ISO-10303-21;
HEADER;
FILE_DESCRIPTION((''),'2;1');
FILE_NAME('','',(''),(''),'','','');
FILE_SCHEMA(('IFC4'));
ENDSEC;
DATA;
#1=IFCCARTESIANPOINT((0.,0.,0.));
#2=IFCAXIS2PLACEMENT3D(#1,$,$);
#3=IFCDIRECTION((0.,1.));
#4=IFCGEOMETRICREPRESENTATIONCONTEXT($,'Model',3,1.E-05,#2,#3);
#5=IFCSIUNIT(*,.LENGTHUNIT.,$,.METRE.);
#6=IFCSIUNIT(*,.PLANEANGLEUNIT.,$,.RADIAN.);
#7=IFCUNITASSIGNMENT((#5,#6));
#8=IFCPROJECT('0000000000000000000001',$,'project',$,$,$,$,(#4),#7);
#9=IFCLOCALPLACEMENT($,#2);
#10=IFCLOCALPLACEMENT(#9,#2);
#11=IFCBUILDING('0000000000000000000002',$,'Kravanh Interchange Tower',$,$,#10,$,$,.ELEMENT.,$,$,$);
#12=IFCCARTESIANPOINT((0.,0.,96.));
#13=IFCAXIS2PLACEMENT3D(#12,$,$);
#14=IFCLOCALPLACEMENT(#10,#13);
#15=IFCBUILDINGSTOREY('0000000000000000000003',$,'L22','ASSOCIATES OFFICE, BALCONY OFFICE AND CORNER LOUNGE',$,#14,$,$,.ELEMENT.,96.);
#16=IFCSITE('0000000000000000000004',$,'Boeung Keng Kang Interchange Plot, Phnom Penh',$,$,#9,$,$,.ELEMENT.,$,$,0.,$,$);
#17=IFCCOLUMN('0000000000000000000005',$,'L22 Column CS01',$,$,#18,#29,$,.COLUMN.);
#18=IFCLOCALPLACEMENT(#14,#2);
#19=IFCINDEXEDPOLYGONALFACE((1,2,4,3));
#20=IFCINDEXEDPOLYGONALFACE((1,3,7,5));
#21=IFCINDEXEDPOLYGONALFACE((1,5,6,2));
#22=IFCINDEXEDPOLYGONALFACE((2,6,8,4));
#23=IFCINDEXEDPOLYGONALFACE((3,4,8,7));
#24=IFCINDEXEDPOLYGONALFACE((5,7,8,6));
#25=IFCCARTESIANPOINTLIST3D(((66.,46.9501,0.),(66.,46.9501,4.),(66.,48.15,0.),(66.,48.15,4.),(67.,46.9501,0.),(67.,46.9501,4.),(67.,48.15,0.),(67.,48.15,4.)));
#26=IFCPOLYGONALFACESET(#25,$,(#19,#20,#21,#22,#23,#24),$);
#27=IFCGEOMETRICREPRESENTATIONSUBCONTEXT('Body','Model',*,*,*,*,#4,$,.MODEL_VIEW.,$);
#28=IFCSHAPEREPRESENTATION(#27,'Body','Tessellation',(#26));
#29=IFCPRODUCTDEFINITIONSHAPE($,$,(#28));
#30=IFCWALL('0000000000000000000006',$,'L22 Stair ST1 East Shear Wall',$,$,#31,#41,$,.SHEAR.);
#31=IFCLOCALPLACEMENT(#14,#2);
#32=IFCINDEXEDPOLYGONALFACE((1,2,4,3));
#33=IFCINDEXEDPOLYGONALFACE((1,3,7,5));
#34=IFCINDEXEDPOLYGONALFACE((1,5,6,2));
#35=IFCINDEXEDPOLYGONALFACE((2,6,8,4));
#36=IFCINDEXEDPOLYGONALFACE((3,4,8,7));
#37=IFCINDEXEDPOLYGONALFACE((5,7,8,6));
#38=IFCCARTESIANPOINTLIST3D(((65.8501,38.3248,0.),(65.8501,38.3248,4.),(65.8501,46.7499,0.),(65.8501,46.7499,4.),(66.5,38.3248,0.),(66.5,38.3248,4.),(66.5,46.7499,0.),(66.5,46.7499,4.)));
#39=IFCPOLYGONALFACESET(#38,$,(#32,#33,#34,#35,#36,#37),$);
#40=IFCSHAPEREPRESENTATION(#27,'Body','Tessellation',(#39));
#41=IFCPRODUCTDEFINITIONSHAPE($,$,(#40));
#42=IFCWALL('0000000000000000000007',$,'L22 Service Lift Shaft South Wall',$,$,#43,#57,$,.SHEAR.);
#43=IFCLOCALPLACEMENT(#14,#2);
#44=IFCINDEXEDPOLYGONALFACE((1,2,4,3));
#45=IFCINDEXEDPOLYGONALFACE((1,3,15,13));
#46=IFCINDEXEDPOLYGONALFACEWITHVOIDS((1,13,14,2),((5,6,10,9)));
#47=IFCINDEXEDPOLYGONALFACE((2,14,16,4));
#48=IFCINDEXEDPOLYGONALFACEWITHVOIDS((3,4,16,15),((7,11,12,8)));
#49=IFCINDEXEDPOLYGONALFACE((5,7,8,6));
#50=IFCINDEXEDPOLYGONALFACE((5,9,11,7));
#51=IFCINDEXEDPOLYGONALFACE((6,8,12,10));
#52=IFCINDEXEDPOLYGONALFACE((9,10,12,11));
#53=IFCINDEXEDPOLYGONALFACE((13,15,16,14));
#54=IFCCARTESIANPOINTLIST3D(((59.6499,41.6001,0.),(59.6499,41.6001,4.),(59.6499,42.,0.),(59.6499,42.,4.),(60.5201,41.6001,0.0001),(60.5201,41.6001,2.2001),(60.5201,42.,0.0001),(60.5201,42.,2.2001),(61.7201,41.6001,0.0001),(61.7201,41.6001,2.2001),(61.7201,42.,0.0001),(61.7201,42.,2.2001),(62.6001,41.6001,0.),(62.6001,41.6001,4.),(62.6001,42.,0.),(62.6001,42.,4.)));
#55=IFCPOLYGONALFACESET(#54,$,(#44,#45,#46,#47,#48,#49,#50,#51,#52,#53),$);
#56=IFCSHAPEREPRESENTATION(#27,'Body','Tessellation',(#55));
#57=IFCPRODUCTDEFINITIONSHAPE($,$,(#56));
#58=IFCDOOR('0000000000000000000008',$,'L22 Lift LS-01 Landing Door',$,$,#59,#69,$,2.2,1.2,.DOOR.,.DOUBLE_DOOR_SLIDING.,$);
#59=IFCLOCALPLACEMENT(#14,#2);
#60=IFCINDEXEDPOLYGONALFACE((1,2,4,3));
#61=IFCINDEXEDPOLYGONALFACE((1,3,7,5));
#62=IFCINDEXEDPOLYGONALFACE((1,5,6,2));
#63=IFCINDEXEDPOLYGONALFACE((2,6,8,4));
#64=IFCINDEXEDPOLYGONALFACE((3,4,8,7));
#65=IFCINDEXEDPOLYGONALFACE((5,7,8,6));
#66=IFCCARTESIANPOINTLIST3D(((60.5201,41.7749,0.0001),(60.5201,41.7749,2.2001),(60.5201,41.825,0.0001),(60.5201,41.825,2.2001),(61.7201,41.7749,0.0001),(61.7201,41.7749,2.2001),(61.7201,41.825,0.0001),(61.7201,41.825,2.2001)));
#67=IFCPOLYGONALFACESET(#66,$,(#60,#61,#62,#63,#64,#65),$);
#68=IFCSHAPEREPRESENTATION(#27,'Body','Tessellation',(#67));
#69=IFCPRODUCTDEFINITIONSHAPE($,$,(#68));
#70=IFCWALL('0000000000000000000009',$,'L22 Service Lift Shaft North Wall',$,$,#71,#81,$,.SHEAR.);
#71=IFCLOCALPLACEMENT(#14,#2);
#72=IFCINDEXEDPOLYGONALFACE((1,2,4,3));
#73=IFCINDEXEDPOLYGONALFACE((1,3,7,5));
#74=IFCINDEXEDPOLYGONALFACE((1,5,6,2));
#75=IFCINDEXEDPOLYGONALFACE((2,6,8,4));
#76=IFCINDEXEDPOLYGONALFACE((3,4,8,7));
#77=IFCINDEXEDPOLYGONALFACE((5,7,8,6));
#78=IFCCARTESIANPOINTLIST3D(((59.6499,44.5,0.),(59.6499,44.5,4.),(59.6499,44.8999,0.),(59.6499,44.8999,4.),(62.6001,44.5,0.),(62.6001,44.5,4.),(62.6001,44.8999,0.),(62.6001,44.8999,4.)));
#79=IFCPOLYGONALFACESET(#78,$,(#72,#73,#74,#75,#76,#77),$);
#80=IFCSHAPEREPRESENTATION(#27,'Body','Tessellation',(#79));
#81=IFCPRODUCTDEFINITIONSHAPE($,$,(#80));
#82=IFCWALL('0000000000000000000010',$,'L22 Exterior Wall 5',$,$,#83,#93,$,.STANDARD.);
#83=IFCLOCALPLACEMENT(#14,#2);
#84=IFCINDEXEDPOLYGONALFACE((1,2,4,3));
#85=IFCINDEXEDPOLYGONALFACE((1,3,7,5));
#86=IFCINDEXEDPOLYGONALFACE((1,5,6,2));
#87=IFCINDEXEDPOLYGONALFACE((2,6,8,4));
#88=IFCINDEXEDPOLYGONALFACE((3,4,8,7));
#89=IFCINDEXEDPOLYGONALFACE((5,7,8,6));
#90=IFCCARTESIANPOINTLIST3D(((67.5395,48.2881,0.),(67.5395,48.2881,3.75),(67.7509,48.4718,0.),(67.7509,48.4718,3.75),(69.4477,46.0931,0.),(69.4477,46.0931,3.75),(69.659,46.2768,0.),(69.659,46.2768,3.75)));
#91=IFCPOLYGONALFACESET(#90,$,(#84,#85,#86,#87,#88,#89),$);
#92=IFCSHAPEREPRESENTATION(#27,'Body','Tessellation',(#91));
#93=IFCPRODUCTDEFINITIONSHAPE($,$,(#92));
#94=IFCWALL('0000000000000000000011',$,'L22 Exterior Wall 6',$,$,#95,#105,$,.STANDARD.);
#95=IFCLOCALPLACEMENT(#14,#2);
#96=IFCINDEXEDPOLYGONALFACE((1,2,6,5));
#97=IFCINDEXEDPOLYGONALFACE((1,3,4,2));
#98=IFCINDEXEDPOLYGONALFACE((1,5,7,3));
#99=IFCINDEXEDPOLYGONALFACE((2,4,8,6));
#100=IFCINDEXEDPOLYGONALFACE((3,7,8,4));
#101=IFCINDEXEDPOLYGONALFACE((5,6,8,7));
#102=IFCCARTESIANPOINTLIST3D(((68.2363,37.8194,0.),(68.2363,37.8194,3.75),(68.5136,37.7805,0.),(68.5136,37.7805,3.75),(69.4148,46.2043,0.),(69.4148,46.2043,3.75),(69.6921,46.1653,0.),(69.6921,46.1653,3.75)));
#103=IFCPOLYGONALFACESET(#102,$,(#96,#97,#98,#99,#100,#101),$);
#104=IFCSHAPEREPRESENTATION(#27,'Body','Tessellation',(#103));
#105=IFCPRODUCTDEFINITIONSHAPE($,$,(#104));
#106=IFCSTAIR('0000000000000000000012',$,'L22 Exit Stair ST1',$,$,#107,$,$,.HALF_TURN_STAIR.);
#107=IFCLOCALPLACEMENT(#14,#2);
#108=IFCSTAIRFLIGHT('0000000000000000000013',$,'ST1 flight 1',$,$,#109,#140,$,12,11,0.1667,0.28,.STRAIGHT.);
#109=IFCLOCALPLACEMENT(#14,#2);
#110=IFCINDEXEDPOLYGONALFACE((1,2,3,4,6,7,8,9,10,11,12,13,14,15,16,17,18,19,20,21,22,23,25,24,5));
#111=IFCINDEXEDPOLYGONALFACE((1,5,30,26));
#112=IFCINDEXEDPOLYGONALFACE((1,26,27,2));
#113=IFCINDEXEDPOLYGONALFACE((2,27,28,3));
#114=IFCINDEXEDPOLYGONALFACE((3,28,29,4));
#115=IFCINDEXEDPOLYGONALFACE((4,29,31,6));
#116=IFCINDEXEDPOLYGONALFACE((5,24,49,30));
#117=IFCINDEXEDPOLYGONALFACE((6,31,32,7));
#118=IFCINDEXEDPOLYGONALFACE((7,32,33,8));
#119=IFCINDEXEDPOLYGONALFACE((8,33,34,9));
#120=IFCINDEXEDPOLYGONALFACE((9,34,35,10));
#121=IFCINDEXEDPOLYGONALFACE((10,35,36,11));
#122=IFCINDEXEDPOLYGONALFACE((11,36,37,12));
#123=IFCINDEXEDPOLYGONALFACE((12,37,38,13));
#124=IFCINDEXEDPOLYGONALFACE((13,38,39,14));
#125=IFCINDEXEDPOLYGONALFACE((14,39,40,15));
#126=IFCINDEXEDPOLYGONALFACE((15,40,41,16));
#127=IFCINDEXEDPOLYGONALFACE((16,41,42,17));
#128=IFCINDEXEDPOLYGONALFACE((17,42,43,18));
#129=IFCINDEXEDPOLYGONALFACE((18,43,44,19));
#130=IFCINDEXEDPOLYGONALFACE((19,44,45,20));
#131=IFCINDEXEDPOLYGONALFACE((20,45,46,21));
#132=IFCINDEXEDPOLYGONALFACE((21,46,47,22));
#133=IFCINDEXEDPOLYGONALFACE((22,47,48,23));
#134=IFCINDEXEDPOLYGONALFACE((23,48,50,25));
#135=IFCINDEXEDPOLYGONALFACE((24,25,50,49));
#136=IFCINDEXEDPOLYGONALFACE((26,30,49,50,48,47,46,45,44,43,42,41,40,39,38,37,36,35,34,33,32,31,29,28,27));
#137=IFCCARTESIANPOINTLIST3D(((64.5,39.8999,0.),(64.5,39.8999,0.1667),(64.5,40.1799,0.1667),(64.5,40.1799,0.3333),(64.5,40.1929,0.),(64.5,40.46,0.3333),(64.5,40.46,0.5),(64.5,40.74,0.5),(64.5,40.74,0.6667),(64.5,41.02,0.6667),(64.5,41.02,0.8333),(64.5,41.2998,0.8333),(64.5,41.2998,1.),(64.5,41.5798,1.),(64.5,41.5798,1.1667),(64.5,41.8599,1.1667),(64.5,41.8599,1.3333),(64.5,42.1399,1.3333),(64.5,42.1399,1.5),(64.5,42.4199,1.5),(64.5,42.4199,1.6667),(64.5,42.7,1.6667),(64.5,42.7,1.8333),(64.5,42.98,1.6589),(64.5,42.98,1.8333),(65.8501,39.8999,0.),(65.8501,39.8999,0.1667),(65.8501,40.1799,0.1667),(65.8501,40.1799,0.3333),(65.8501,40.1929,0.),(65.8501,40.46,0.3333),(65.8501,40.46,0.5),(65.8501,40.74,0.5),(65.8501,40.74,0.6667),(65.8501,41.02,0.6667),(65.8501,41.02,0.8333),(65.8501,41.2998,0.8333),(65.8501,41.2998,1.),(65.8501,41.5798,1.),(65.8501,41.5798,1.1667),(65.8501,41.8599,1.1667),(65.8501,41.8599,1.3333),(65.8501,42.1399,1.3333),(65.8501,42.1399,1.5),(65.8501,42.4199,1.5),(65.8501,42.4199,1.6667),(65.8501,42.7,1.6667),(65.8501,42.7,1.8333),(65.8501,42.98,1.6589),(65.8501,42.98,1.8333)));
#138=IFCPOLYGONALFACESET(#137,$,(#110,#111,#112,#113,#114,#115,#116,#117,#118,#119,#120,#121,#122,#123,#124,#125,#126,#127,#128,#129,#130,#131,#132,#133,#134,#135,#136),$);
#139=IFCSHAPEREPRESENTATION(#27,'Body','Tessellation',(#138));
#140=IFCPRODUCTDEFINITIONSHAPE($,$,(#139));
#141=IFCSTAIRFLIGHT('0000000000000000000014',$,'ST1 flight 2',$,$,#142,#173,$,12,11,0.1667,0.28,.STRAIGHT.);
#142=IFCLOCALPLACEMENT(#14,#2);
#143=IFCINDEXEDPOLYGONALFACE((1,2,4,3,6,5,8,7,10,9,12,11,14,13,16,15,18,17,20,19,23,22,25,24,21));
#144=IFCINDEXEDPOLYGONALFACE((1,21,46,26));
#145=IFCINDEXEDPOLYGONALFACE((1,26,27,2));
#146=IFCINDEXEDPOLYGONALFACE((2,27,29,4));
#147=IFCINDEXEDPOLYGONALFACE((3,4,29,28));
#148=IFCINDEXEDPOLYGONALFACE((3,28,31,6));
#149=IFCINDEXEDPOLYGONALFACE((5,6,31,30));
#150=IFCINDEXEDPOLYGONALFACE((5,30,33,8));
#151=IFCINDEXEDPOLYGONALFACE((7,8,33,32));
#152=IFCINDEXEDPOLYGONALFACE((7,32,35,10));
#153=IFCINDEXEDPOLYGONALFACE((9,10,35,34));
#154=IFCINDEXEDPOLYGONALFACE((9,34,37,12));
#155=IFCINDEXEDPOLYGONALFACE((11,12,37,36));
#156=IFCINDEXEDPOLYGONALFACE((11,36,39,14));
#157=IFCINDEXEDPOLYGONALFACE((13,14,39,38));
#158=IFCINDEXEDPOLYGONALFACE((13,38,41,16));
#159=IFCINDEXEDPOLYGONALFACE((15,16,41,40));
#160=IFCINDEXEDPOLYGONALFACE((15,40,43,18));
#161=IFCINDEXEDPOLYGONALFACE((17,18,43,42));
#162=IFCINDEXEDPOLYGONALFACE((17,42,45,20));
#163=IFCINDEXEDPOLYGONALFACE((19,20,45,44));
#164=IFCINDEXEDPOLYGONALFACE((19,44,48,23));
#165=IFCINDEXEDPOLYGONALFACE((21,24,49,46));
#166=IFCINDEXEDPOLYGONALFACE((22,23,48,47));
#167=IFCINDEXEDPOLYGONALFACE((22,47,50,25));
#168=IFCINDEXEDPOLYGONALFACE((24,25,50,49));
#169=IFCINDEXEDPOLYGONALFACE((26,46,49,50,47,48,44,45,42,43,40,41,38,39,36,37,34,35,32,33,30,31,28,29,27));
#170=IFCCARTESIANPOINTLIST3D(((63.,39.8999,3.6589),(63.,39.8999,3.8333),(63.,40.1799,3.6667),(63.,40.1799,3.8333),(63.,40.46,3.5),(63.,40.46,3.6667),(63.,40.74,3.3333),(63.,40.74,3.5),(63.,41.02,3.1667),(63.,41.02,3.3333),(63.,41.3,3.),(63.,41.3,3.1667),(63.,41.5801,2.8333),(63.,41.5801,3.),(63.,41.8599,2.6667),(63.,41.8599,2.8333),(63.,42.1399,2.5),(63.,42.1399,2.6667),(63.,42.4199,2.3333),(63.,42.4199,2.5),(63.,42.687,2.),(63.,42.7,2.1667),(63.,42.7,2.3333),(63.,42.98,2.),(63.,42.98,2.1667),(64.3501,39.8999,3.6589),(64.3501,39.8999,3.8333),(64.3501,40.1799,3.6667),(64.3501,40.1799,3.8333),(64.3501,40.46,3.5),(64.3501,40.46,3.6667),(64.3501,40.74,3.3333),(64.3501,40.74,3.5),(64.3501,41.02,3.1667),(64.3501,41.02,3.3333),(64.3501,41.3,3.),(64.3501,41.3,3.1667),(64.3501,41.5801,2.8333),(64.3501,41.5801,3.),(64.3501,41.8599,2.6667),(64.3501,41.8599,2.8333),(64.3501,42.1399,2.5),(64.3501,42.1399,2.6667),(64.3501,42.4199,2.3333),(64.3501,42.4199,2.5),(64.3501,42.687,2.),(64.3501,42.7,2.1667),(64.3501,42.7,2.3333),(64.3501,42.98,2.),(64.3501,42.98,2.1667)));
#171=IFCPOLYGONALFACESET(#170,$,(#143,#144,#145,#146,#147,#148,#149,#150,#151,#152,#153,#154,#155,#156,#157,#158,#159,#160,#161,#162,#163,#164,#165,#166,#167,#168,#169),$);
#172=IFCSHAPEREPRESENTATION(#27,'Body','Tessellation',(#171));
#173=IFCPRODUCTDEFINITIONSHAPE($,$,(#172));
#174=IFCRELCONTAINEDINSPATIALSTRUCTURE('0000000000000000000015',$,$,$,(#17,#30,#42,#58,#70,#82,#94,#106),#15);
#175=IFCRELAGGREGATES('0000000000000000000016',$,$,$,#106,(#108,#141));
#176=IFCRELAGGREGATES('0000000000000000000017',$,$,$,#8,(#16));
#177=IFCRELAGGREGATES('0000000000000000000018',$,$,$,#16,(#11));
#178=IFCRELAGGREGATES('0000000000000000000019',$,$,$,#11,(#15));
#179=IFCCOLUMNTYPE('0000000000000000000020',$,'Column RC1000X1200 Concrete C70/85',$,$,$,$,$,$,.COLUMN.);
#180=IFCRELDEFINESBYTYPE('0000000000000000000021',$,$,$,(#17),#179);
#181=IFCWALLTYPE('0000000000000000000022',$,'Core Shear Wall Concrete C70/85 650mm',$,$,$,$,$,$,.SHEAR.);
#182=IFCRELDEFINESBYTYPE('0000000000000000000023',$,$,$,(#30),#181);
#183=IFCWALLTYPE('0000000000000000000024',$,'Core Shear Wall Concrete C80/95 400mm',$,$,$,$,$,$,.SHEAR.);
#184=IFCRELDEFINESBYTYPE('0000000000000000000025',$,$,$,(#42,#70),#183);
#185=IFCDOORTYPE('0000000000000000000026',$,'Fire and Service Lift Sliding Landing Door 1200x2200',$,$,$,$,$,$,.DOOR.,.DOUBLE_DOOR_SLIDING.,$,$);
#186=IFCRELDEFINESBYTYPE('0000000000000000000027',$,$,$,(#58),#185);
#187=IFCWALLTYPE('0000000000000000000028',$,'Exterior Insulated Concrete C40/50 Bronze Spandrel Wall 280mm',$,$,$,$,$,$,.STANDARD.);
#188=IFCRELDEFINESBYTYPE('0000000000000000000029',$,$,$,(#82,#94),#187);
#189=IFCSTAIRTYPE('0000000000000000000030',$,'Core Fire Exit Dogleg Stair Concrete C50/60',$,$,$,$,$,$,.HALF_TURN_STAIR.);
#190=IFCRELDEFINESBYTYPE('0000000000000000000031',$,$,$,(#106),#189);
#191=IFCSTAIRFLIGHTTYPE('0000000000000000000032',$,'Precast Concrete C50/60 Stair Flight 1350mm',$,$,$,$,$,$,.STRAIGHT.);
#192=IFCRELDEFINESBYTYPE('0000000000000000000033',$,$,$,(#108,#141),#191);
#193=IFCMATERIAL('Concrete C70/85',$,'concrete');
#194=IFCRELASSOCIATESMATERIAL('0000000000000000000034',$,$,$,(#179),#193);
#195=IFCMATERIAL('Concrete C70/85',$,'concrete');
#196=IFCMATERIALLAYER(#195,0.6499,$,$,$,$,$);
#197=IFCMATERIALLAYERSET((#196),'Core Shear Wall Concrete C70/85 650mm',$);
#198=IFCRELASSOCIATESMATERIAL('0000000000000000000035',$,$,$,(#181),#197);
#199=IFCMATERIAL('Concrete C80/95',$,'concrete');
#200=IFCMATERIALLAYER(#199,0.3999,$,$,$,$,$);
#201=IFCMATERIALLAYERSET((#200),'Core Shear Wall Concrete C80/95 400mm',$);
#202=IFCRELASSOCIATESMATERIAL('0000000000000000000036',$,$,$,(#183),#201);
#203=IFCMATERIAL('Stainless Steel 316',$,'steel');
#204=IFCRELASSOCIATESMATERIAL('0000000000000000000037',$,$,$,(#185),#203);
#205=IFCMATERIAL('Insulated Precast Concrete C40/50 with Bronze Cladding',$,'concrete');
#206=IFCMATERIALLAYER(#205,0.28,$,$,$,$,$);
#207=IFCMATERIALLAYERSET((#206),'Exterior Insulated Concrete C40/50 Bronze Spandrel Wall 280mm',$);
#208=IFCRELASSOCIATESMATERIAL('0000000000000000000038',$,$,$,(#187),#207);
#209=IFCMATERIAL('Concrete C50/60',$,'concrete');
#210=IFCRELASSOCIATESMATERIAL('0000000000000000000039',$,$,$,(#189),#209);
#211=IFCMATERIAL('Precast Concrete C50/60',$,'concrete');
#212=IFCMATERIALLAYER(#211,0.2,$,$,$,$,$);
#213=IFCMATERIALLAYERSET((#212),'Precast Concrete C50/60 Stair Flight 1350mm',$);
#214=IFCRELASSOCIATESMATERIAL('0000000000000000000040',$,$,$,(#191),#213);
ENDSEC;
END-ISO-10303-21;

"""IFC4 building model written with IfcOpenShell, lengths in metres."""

from ifc_helpers import new_model, si_unit, direction, frame, frame_2d, origin, origin_2d, place, context, subcontext, project, spatial, polyline, rectangle, outline, extrude, material, layer, layer_set, material_profile, profile_set, type_object, element, fill, aggregate, save


model = new_model("IFC4")

# Units and contexts
model_context = context("Model", 3, precision=1e-05, world=origin(), true_north=direction((0.0, 1.0)))
body_context = subcontext(model_context, "Body", "Model", "MODEL_VIEW")
ifc_project = project(units=[si_unit("LENGTHUNIT", "METRE"), si_unit("PLANEANGLEUNIT", "RADIAN")], contexts=[model_context])

# Site, building, storey
site_placement = place(None, origin())
site = spatial("IfcSite", under=ifc_project, at=site_placement, Name="Boeung Keng Kang Interchange Plot, Phnom Penh", CompositionType="ELEMENT", RefElevation=0.0)
building_placement = place(site_placement, origin())
building = spatial("IfcBuilding", under=site, at=building_placement, Name="Kravanh Interchange Tower", CompositionType="ELEMENT")
storey_placement = place(building_placement, frame((0.0, 0.0, 96.0)))
storey = spatial("IfcBuildingStorey", under=building, at=storey_placement, Name="L22", Description="ASSOCIATES OFFICE, BALCONY OFFICE AND CORNER LOUNGE", CompositionType="ELEMENT", Elevation=96.0)

# Column
ifc_material_1 = material(Name="Concrete C70/85", Category="concrete")
ifc_material_profile = material_profile(ifc_material_1, rectangle(XDim=1.0, YDim=1.2, at=origin_2d()), Name="RC1000X1200")
ifc_profile_set = profile_set([ifc_material_profile], Name="Concrete C70/85")
column_type = type_object("IfcColumnType", Name="Column RC1000X1200 Concrete C70/85", PredefinedType="COLUMN", material=ifc_profile_set)
column_placement = place(storey_placement, frame((66.5, 47.55, 0.0), z_axis=(0.0, 0.0, 1.0), x_axis=(1.0, 0.0, 0.0)))
element("IfcColumn", 1, at=column_placement, inside=storey, type_object=column_type, Name="L22 Column CS01", PredefinedType="COLUMN", context=body_context, shape_type="SweptSolid", body=[
    extrude(rectangle(XDim=1.0, YDim=1.2, at=origin_2d()), origin(), (0.0, 0.0, 1.0), 4.0),
])

# Wall
ifc_material_2 = material(Name="Concrete C70/85", Category="concrete")
ifc_layer_1 = layer(ifc_material_2, 0.6499)
ifc_layer_set_1 = layer_set([ifc_layer_1], Name="Core Shear Wall Concrete C70/85 650mm")
wall_type_1 = type_object("IfcWallType", Name="Core Shear Wall Concrete C70/85 650mm", PredefinedType="SHEAR", material=ifc_layer_set_1)
wall_1_placement = place(storey_placement, frame((66.175, 38.325, 0.0), z_axis=(0.0, 0.0, 1.0), x_axis=(0.0, 1.0, 0.0)))
element("IfcWall", 2, at=wall_1_placement, inside=storey, type_object=wall_type_1, Name="L22 Stair ST1 East Shear Wall", PredefinedType="SHEAR", context=body_context, shape_type="SweptSolid", body=[
    extrude(rectangle(XDim=8.425, YDim=0.6499, at=frame_2d((4.2124, 0.0))), origin(), (0.0, 0.0, 1.0), 4.0),
])

# Wall, opening, door
ifc_material_3 = material(Name="Concrete C80/95", Category="concrete")
ifc_layer_2 = layer(ifc_material_3, 0.3999)
ifc_layer_set_2 = layer_set([ifc_layer_2], Name="Core Shear Wall Concrete C80/95 400mm")
wall_type_2 = type_object("IfcWallType", Name="Core Shear Wall Concrete C80/95 400mm", PredefinedType="SHEAR", material=ifc_layer_set_2)
wall_2_placement = place(storey_placement, frame((59.6499, 41.8, 0.0), z_axis=(0.0, 0.0, 1.0), x_axis=(1.0, 0.0, 0.0)))
wall_2 = element("IfcWall", 3, at=wall_2_placement, inside=storey, type_object=wall_type_2, Name="L22 Service Lift Shaft South Wall", PredefinedType="SHEAR", context=body_context, shape_type="SweptSolid", body=[
    extrude(rectangle(XDim=2.9502, YDim=0.3999, at=frame_2d((1.4751, 0.0))), origin(), (0.0, 0.0, 1.0), 4.0),
])
opening_placement = place(wall_2_placement, frame((0.8701, 0.0, 0.0)))
opening = element("IfcOpeningElement", 4, at=opening_placement, cuts=wall_2, PredefinedType="OPENING", context=body_context, shape_type="SweptSolid", body=[
    extrude(rectangle(XDim=1.2, YDim=2.2, at=frame_2d((0.6001, 1.1001))), frame((0.0, 0.21, 0.0), z_axis=(0.0, -1.0, 0.0), x_axis=(1.0, 0.0, 0.0)), (0.0, 0.0, 1.0), 0.4199),
])
ifc_material_4 = material(Name="Stainless Steel 316", Category="steel")
door_type = type_object("IfcDoorType", Name="Fire and Service Lift Sliding Landing Door 1200x2200", OperationType="DOUBLE_DOOR_SLIDING", PredefinedType="DOOR", material=ifc_material_4)
door_placement = place(opening_placement, origin())
door = element("IfcDoor", 5, at=door_placement, inside=storey, type_object=door_type, Name="L22 Lift LS-01 Landing Door", OperationType="DOUBLE_DOOR_SLIDING", OverallHeight=2.2, OverallWidth=1.2, PredefinedType="DOOR", context=body_context, shape_type="SweptSolid", body=[
    extrude(rectangle(XDim=1.2, YDim=2.2, at=frame_2d((0.6001, 1.1001))), frame((0.0, 0.0249, 0.0), z_axis=(0.0, -1.0, 0.0), x_axis=(1.0, 0.0, 0.0)), (0.0, 0.0, 1.0), 0.05),
])
fill(opening, door)

# Walls
wall_3_placement = place(storey_placement, frame((59.6499, 44.7, 0.0), z_axis=(0.0, 0.0, 1.0), x_axis=(1.0, 0.0, 0.0)))
element("IfcWall", 6, at=wall_3_placement, inside=storey, type_object=wall_type_2, Name="L22 Service Lift Shaft North Wall", PredefinedType="SHEAR", context=body_context, shape_type="SweptSolid", body=[
    extrude(rectangle(XDim=2.9502, YDim=0.3999, at=frame_2d((1.4751, 0.0))), origin(), (0.0, 0.0, 1.0), 4.0),
])
ifc_material_5 = material(Name="Insulated Precast Concrete C40/50 with Bronze Cladding", Category="concrete")
ifc_layer_3 = layer(ifc_material_5, 0.28)
ifc_layer_set_3 = layer_set([ifc_layer_3], Name="Exterior Insulated Concrete C40/50 Bronze Spandrel Wall 280mm")
wall_type_3 = type_object("IfcWallType", Name="Exterior Insulated Concrete C40/50 Bronze Spandrel Wall 280mm", PredefinedType="STANDARD", material=ifc_layer_set_3)
wall_4_placement = place(storey_placement, frame((67.6453, 48.3799, 0.0), z_axis=(0.0, 0.0, 1.0), x_axis=(0.656071, -0.754699, 0.0)))
element("IfcWall", 7, at=wall_4_placement, inside=storey, type_object=wall_type_3, Name="L22 Exterior Wall 5", PredefinedType="STANDARD", context=body_context, shape_type="SweptSolid", body=[
    extrude(rectangle(XDim=2.9084, YDim=0.28, at=frame_2d((1.4541, 0.0))), origin(), (0.0, 0.0, 1.0), 3.75),
])
wall_5_placement = place(storey_placement, frame((69.5535, 46.1848, 0.0), z_axis=(0.0, 0.0, 1.0), x_axis=(-0.139181, -0.990267, 0.0)))
element("IfcWall", 8, at=wall_5_placement, inside=storey, type_object=wall_type_3, Name="L22 Exterior Wall 6", PredefinedType="STANDARD", context=body_context, shape_type="SweptSolid", body=[
    extrude(rectangle(XDim=8.4673, YDim=0.28, at=frame_2d((4.2336, 0.0))), origin(), (0.0, 0.0, 1.0), 3.75),
])

# Stair, stair flights
ifc_material_6 = material(Name="Concrete C50/60", Category="concrete")
stair_type = type_object("IfcStairType", Name="Core Fire Exit Dogleg Stair Concrete C50/60", PredefinedType="HALF_TURN_STAIR", material=ifc_material_6)
stair_1_placement = place(storey_placement, origin())
stair_1 = element("IfcStair", 9, at=stair_1_placement, inside=storey, type_object=stair_type, Name="L22 Exit Stair ST1", PredefinedType="HALF_TURN_STAIR")
ifc_material_7 = material(Name="Precast Concrete C50/60", Category="concrete")
ifc_layer_4 = layer(ifc_material_7, 0.2)
ifc_layer_set_4 = layer_set([ifc_layer_4], Name="Precast Concrete C50/60 Stair Flight 1350mm")
stair_flight_type = type_object("IfcStairFlightType", Name="Precast Concrete C50/60 Stair Flight 1350mm", PredefinedType="STRAIGHT", material=ifc_layer_set_4)
stair_flight_1_placement = place(storey_placement, frame((65.175, 39.8999, 0.0), z_axis=(0.0, 0.0, 1.0), x_axis=(0.0, 1.0, 0.0)))
stair_flight_1 = element("IfcStairFlight", 10, at=stair_flight_1_placement, type_object=stair_flight_type, Name="ST1 flight 1", NumberOfRisers=12, NumberOfTreads=11, PredefinedType="STRAIGHT", RiserHeight=0.1667, TreadLength=0.28, context=body_context, shape_type="SweptSolid", body=[
    extrude(outline(polyline([(0.0, 0.0), (0.0, 0.1667), (0.28, 0.1667), (0.28, 0.3333), (0.5601, 0.3333), (0.5601, 0.5), (0.8401, 0.5), (0.8401, 0.6667), (1.1201, 0.6667), (1.1201, 0.8333), (1.3999, 0.8333), (1.3999, 1.0), (1.6799, 1.0), (1.6799, 1.1667), (1.96, 1.1667), (1.96, 1.3333), (2.24, 1.3333), (2.24, 1.5), (2.52, 1.5), (2.52, 1.6667), (2.8, 1.6667), (2.8, 1.8333), (3.0801, 1.8333), (3.0801, 2.0), (3.0801, 1.6589), (0.293, 0.0), (0.0, 0.0)])), frame((0.0, 0.675, 0.0), z_axis=(0.0, -1.0, 0.0), x_axis=(1.0, 0.0, 0.0)), (0.0, 0.0, 1.0), 1.3501),
])
stair_flight_2_placement = place(storey_placement, frame((63.675, 42.98, 2.0), z_axis=(0.0, 0.0, 1.0), x_axis=(0.0, -1.0, 0.0)))
stair_flight_2 = element("IfcStairFlight", 11, at=stair_flight_2_placement, type_object=stair_flight_type, Name="ST1 flight 2", NumberOfRisers=12, NumberOfTreads=11, PredefinedType="STRAIGHT", RiserHeight=0.1667, TreadLength=0.28, context=body_context, shape_type="SweptSolid", body=[
    extrude(outline(polyline([(0.0, 0.0), (0.0, 0.1667), (0.28, 0.1667), (0.28, 0.3333), (0.5601, 0.3333), (0.5601, 0.5), (0.8401, 0.5), (0.8401, 0.6667), (1.1201, 0.6667), (1.1201, 0.8333), (1.3999, 0.8333), (1.3999, 1.0), (1.6799, 1.0), (1.6799, 1.1667), (1.96, 1.1667), (1.96, 1.3333), (2.24, 1.3333), (2.24, 1.5), (2.52, 1.5), (2.52, 1.6667), (2.8, 1.6667), (2.8, 1.8333), (3.0801, 1.8333), (3.0801, 2.0), (3.0801, 1.6589), (0.293, 0.0), (0.0, 0.0)])), frame((0.0, 0.675, 0.0), z_axis=(0.0, -1.0, 0.0), x_axis=(1.0, 0.0, 0.0)), (0.0, 0.0, 1.0), 1.3501),
])
aggregate(stair_1, [stair_flight_1, stair_flight_2])

save(model, "model.ifc")
